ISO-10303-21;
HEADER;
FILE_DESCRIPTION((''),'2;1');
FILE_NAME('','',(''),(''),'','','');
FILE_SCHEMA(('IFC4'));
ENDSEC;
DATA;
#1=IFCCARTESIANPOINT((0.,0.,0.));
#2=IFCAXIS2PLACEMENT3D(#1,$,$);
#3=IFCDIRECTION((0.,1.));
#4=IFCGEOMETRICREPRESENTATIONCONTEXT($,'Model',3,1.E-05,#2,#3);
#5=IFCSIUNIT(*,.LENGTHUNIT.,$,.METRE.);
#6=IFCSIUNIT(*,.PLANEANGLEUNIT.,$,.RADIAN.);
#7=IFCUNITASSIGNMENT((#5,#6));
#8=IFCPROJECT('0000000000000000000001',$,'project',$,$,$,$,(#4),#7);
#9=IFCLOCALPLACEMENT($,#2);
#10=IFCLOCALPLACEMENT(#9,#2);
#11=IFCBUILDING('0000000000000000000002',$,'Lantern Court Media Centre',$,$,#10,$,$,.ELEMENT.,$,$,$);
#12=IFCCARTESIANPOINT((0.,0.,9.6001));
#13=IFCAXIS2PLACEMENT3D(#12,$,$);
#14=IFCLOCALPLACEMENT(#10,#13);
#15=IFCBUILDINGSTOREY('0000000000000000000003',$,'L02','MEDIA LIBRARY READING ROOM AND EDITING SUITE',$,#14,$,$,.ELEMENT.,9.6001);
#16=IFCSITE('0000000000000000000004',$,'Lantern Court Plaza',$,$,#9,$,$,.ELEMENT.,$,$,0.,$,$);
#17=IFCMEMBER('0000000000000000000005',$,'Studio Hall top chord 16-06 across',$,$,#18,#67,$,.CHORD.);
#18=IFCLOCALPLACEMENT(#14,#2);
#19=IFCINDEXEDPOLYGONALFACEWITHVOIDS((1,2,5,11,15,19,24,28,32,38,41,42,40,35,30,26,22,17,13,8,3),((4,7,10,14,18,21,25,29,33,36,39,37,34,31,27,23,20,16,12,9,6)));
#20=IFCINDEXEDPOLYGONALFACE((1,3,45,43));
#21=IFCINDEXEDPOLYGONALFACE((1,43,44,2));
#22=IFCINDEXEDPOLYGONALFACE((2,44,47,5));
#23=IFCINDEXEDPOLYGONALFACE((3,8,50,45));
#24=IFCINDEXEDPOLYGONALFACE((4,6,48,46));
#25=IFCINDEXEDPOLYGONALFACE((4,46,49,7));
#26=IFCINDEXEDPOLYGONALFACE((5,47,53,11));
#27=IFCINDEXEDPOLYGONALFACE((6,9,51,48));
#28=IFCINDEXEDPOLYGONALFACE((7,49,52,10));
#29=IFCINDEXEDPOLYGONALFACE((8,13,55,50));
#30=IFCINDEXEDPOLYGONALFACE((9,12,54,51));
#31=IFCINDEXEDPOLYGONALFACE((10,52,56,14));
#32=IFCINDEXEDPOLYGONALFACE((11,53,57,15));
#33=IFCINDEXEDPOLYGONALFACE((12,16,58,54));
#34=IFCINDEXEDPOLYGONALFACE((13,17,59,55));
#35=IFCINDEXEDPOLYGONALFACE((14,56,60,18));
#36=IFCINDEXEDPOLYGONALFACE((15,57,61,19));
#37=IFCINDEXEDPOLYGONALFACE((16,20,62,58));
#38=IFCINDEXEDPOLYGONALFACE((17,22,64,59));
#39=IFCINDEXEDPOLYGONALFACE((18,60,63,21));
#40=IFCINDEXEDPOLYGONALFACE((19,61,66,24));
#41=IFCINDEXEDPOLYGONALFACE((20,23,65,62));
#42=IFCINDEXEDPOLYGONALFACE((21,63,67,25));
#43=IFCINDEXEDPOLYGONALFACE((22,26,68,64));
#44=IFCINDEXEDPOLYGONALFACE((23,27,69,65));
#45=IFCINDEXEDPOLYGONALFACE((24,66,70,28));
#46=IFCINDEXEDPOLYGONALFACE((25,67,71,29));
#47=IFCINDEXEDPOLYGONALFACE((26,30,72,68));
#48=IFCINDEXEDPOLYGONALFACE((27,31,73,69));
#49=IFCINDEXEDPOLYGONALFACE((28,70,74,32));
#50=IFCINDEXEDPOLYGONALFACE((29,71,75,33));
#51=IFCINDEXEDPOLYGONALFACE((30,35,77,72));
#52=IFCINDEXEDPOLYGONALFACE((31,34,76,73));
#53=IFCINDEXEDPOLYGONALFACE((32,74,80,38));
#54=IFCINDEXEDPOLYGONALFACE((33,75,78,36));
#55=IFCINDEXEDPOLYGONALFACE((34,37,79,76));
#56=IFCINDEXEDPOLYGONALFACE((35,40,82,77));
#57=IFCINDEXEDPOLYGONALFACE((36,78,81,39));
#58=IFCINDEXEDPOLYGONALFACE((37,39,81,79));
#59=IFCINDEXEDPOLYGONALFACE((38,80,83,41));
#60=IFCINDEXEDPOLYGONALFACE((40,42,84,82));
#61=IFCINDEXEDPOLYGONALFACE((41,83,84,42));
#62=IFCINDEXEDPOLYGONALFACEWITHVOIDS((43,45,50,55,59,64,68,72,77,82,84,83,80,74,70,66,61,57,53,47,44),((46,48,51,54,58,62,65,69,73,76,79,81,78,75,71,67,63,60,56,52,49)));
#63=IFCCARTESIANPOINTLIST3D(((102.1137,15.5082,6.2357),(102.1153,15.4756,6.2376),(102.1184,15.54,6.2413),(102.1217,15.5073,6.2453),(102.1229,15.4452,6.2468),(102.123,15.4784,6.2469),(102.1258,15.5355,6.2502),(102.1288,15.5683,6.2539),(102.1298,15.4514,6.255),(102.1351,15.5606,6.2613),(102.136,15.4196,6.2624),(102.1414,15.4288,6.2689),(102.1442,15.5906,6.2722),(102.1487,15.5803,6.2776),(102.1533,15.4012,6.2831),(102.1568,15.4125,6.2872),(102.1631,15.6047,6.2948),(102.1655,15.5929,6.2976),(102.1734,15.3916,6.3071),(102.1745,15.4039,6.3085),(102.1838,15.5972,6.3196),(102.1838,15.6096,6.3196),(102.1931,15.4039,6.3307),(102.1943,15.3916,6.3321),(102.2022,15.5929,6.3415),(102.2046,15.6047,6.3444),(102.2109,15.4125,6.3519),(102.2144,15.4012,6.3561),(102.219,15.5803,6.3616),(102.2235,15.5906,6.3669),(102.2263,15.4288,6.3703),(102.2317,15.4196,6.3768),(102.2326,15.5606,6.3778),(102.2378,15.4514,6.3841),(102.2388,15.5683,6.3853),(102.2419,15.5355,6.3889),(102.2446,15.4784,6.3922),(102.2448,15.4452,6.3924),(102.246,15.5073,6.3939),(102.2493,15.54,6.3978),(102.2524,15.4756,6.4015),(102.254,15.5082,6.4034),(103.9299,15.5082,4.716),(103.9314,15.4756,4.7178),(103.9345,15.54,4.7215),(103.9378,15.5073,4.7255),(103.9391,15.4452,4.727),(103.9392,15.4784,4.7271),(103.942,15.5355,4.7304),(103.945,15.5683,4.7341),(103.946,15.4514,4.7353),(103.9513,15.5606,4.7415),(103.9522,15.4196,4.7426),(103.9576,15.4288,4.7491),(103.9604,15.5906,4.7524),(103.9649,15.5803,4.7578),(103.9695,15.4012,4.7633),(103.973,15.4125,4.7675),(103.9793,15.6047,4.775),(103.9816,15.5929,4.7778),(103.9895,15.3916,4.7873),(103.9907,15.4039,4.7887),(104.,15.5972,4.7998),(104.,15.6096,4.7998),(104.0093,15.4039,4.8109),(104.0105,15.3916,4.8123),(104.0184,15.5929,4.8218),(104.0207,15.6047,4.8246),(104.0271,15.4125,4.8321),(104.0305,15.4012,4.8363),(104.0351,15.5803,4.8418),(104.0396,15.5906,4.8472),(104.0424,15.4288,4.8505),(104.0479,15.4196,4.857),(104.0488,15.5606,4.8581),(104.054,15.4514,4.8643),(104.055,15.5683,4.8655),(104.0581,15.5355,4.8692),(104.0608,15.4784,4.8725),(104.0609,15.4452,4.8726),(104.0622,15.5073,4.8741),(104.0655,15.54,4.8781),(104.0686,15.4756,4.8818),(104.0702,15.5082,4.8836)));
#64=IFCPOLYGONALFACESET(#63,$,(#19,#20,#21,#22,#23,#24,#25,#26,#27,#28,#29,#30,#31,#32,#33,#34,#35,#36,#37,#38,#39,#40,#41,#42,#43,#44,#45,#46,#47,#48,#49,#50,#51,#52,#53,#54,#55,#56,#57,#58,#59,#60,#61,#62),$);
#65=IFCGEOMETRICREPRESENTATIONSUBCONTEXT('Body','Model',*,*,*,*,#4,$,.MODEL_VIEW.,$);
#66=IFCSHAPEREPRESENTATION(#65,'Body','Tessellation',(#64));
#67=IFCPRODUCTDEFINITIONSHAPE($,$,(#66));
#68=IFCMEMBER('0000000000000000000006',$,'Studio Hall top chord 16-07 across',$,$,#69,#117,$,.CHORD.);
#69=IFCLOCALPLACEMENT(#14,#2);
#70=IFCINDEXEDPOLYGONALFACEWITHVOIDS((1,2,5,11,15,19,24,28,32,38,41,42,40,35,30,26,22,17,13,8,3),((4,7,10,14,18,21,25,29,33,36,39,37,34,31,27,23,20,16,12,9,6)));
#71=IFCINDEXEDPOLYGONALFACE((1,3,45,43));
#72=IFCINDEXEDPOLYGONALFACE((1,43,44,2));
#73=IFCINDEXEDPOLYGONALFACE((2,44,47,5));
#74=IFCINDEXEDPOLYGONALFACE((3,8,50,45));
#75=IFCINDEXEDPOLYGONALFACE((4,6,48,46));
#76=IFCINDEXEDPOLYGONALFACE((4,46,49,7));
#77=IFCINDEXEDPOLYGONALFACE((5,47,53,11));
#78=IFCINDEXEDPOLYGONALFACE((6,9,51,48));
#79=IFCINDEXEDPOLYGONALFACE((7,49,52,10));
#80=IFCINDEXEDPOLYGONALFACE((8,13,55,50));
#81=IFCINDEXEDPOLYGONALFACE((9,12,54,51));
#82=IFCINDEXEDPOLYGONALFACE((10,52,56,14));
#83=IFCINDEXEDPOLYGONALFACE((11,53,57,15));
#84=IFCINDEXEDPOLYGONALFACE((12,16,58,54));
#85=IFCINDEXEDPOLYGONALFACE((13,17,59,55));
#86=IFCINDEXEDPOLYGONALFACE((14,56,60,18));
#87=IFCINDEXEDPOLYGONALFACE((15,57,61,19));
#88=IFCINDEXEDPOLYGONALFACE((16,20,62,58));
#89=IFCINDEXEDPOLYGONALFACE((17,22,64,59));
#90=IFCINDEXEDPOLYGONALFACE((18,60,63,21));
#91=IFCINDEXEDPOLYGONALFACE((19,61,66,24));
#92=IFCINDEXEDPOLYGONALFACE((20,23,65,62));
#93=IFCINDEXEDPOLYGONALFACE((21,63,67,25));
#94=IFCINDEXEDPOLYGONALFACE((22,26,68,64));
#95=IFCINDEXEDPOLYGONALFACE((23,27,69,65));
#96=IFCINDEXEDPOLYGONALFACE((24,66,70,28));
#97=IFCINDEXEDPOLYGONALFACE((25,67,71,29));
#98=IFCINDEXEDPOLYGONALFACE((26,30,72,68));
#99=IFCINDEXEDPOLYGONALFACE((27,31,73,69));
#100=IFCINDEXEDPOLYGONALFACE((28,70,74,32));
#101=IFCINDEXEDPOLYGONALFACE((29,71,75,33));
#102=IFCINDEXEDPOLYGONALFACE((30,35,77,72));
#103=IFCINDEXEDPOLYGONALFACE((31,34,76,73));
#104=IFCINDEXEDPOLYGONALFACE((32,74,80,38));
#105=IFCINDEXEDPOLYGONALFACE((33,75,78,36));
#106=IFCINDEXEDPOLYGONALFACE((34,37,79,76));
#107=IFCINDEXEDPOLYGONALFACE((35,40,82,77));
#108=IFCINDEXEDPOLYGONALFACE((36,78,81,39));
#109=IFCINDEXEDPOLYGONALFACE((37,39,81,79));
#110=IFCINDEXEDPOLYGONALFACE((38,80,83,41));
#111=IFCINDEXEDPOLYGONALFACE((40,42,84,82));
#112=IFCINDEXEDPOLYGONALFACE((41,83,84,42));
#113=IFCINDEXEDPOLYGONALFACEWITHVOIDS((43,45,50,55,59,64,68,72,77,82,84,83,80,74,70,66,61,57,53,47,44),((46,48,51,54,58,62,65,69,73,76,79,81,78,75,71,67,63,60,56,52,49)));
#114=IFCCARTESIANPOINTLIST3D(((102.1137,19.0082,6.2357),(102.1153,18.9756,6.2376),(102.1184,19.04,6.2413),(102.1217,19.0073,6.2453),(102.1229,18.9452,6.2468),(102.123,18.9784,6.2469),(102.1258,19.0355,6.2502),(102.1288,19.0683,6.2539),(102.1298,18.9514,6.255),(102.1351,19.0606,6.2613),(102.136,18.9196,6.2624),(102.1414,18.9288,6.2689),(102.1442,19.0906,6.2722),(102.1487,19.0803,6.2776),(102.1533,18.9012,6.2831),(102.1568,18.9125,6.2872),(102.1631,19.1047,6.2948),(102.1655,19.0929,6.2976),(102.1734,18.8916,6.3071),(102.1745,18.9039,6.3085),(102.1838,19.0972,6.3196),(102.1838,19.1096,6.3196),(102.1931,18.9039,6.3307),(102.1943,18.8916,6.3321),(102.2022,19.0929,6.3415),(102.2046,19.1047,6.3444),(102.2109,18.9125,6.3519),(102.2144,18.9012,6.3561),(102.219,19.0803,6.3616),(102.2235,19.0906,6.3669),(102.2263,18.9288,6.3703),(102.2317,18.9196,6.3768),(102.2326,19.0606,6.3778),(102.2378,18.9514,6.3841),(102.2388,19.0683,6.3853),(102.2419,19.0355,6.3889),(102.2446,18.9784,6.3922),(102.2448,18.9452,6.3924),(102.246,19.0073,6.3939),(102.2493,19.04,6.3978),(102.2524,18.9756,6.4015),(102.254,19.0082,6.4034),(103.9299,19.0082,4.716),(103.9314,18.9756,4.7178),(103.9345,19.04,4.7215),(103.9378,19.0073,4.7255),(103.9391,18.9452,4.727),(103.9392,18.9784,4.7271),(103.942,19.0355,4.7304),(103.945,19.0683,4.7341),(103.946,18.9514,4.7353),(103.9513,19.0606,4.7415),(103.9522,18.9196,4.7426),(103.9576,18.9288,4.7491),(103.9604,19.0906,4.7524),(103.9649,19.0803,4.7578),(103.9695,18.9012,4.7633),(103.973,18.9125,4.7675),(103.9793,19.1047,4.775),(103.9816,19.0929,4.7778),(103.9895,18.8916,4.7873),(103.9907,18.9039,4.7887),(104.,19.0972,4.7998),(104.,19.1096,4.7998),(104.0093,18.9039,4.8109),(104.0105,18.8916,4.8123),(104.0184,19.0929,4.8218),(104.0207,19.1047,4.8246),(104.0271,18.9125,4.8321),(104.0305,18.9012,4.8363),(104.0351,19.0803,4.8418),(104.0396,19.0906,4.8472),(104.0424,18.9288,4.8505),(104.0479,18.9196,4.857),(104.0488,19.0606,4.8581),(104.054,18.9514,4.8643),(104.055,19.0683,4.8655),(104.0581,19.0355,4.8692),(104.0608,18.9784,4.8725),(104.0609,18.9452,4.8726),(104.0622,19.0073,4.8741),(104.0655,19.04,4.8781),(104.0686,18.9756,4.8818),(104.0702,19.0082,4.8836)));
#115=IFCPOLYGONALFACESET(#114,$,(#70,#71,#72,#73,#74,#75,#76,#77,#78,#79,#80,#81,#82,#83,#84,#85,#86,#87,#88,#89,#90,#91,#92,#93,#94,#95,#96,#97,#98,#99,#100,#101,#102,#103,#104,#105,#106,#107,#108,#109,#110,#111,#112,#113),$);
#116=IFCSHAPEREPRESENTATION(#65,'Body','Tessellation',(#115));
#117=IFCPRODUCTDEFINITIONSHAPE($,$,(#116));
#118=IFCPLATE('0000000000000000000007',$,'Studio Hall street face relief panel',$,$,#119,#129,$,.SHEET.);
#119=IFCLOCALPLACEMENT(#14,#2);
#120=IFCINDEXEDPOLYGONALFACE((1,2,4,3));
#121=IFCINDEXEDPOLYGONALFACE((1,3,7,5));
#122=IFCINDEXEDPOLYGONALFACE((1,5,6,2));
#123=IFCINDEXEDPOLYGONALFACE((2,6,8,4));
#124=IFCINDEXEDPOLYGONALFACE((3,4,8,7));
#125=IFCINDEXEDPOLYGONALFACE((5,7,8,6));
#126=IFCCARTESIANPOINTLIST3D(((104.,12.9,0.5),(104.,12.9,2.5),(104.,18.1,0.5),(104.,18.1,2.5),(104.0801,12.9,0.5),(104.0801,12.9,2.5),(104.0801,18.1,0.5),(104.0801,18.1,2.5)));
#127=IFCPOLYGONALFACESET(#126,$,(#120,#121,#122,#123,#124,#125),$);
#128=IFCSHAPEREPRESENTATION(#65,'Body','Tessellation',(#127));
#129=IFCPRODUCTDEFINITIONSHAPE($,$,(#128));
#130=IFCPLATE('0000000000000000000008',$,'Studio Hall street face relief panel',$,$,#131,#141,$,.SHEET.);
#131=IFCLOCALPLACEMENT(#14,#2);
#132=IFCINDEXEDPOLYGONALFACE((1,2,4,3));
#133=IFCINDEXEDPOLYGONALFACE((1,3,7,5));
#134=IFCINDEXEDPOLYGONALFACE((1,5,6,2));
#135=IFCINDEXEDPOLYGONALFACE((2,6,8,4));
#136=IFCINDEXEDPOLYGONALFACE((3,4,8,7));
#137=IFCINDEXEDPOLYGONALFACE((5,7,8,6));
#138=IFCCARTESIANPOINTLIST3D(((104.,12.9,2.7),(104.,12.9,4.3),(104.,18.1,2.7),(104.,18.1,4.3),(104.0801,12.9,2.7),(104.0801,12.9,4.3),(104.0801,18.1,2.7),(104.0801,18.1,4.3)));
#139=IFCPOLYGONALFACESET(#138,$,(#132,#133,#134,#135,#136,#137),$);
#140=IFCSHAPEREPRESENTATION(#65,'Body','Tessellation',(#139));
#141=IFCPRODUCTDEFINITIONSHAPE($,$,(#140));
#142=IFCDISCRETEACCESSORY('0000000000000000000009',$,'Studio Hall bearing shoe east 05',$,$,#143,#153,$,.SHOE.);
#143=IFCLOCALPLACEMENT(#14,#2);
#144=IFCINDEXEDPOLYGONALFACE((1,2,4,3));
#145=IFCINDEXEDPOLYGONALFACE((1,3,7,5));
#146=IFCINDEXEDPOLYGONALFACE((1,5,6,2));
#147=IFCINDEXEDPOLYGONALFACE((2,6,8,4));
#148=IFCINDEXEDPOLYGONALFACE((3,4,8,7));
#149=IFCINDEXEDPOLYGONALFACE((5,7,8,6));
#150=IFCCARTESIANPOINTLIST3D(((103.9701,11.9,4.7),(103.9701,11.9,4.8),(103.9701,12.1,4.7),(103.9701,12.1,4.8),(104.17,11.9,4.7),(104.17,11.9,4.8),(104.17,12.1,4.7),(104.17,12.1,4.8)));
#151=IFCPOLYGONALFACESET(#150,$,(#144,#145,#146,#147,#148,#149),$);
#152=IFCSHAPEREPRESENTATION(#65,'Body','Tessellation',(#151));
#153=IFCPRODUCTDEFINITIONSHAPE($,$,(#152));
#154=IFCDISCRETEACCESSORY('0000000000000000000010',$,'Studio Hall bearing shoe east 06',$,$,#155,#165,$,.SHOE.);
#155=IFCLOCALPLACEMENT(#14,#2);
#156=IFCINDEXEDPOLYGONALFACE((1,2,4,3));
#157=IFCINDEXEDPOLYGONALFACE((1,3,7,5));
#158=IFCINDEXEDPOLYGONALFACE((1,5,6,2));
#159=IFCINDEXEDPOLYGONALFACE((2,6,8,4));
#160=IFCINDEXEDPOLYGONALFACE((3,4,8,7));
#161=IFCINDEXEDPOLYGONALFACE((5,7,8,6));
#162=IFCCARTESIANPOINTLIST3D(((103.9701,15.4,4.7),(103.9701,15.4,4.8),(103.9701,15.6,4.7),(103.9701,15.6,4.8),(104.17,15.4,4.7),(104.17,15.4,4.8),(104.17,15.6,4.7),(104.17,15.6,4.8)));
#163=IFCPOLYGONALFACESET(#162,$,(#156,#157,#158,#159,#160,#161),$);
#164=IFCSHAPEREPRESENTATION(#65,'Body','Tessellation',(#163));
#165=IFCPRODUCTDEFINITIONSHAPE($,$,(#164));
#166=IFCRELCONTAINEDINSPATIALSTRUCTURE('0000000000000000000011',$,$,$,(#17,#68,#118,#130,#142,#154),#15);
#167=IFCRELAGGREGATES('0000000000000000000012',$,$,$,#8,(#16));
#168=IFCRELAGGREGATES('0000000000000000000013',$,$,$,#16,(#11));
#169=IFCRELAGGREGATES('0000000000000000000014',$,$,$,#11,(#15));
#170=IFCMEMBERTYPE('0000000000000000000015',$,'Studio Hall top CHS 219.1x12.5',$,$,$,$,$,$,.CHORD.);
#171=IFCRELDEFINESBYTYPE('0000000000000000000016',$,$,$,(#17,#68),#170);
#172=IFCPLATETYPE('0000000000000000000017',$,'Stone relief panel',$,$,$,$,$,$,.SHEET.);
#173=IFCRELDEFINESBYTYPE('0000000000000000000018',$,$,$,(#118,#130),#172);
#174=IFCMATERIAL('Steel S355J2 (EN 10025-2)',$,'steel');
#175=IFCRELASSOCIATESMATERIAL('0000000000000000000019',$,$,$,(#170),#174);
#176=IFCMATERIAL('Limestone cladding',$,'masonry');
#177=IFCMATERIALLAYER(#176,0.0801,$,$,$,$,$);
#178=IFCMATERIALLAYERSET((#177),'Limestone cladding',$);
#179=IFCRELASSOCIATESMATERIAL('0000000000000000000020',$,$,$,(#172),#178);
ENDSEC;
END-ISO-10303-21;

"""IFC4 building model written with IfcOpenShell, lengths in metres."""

from ifc_helpers import new_model, si_unit, direction, frame, origin, origin_2d, place, context, subcontext, project, spatial, rectangle, hollow_circle, extrude, material, layer, layer_set, material_profile, profile_set, type_object, element, save


model = new_model("IFC4")

# Units and contexts
model_context = context("Model", 3, precision=1e-05, world=origin(), true_north=direction((0.0, 1.0)))
body_context = subcontext(model_context, "Body", "Model", "MODEL_VIEW")
ifc_project = project(units=[si_unit("LENGTHUNIT", "METRE"), si_unit("PLANEANGLEUNIT", "RADIAN")], contexts=[model_context])

# Site, building, storey
site_placement = place(None, origin())
site = spatial("IfcSite", under=ifc_project, at=site_placement, Name="Lantern Court Plaza", CompositionType="ELEMENT", RefElevation=0.0)
building_placement = place(site_placement, origin())
building = spatial("IfcBuilding", under=site, at=building_placement, Name="Lantern Court Media Centre", CompositionType="ELEMENT")
storey_placement = place(building_placement, frame((0.0, 0.0, 9.6001)))
storey = spatial("IfcBuildingStorey", under=building, at=storey_placement, Name="L02", Description="MEDIA LIBRARY READING ROOM AND EDITING SUITE", CompositionType="ELEMENT", Elevation=9.6001)

# Shared definitions
ifc_material_1 = material(Name="Steel S355J2 (EN 10025-2)", Category="steel")

# Members
ifc_material_profile_1 = material_profile(ifc_material_1, hollow_circle(Radius=0.1096, WallThickness=0.0125, at=origin_2d()), Name="Studio Hall top CHS 219.1x12.5")
ifc_profile_set_1 = profile_set([ifc_material_profile_1], Name="Steel S355J2 (EN 10025-2)")
member_type_1 = type_object("IfcMemberType", Name="Studio Hall top CHS 219.1x12.5", PredefinedType="CHORD", material=ifc_profile_set_1)
for number, where, z_axis, x_axis, name in (
    (1, (102.1838, 15.5, 6.3196), (0.76691, 0.0, -0.641755), (0.0, 1.0, 0.0), "Studio Hall top chord 16-06 across"),
    (2, (102.1838, 19.0, 6.3196), (0.76691, 0.0, -0.641755), (0.0, 1.0, 0.0), "Studio Hall top chord 16-07 across"),
):
    element("IfcMember", number, at=place(storey_placement, frame(where, z_axis=z_axis, x_axis=x_axis)), inside=storey, type_object=member_type_1, Name=name, PredefinedType="CHORD", context=body_context, shape_type="SweptSolid", body=[
        extrude(hollow_circle(Radius=0.1096, WallThickness=0.0125, at=origin_2d()), origin(), (0.0, 0.0, 1.0), 2.3682),
    ])

# Plates
ifc_material_2 = material(Name="Limestone cladding", Category="masonry")
ifc_layer = layer(ifc_material_2, 0.0801)
ifc_layer_set = layer_set([ifc_layer], Name="Limestone cladding")
plate_type = type_object("IfcPlateType", Name="Stone relief panel", PredefinedType="SHEET", material=ifc_layer_set)
plate_1_placement = place(storey_placement, frame((104.04, 15.5, 0.5), z_axis=(0.0, 0.0, 1.0), x_axis=(1.0, 0.0, 0.0)))
element("IfcPlate", 3, at=plate_1_placement, inside=storey, type_object=plate_type, Name="Studio Hall street face relief panel", PredefinedType="SHEET", context=body_context, shape_type="SweptSolid", body=[
    extrude(rectangle(XDim=0.0801, YDim=5.2, at=origin_2d()), origin(), (0.0, 0.0, 1.0), 2.0),
])
plate_2_placement = place(storey_placement, frame((104.04, 15.5, 2.7), z_axis=(0.0, 0.0, 1.0), x_axis=(1.0, 0.0, 0.0)))
element("IfcPlate", 4, at=plate_2_placement, inside=storey, type_object=plate_type, Name="Studio Hall street face relief panel", PredefinedType="SHEET", context=body_context, shape_type="SweptSolid", body=[
    extrude(rectangle(XDim=0.0801, YDim=5.2, at=origin_2d()), origin(), (0.0, 0.0, 1.0), 1.6001),
])

# Discrete accessories
for number, where, z_axis, x_axis, name in (
    (5, (104.0701, 12.0, 4.7), (0.0, 0.0, 1.0), (1.0, 0.0, 0.0), "Studio Hall bearing shoe east 05"),
    (6, (104.0701, 15.5, 4.7), (0.0, 0.0, 1.0), (1.0, 0.0, 0.0), "Studio Hall bearing shoe east 06"),
):
    element("IfcDiscreteAccessory", number, at=place(storey_placement, frame(where, z_axis=z_axis, x_axis=x_axis)), inside=storey, Name=name, PredefinedType="SHOE", context=body_context, shape_type="SweptSolid", body=[
        extrude(rectangle(XDim=0.2, YDim=0.2, at=origin_2d()), origin(), (0.0, 0.0, 1.0), 0.1001),
    ])

save(model, "model.ifc")
